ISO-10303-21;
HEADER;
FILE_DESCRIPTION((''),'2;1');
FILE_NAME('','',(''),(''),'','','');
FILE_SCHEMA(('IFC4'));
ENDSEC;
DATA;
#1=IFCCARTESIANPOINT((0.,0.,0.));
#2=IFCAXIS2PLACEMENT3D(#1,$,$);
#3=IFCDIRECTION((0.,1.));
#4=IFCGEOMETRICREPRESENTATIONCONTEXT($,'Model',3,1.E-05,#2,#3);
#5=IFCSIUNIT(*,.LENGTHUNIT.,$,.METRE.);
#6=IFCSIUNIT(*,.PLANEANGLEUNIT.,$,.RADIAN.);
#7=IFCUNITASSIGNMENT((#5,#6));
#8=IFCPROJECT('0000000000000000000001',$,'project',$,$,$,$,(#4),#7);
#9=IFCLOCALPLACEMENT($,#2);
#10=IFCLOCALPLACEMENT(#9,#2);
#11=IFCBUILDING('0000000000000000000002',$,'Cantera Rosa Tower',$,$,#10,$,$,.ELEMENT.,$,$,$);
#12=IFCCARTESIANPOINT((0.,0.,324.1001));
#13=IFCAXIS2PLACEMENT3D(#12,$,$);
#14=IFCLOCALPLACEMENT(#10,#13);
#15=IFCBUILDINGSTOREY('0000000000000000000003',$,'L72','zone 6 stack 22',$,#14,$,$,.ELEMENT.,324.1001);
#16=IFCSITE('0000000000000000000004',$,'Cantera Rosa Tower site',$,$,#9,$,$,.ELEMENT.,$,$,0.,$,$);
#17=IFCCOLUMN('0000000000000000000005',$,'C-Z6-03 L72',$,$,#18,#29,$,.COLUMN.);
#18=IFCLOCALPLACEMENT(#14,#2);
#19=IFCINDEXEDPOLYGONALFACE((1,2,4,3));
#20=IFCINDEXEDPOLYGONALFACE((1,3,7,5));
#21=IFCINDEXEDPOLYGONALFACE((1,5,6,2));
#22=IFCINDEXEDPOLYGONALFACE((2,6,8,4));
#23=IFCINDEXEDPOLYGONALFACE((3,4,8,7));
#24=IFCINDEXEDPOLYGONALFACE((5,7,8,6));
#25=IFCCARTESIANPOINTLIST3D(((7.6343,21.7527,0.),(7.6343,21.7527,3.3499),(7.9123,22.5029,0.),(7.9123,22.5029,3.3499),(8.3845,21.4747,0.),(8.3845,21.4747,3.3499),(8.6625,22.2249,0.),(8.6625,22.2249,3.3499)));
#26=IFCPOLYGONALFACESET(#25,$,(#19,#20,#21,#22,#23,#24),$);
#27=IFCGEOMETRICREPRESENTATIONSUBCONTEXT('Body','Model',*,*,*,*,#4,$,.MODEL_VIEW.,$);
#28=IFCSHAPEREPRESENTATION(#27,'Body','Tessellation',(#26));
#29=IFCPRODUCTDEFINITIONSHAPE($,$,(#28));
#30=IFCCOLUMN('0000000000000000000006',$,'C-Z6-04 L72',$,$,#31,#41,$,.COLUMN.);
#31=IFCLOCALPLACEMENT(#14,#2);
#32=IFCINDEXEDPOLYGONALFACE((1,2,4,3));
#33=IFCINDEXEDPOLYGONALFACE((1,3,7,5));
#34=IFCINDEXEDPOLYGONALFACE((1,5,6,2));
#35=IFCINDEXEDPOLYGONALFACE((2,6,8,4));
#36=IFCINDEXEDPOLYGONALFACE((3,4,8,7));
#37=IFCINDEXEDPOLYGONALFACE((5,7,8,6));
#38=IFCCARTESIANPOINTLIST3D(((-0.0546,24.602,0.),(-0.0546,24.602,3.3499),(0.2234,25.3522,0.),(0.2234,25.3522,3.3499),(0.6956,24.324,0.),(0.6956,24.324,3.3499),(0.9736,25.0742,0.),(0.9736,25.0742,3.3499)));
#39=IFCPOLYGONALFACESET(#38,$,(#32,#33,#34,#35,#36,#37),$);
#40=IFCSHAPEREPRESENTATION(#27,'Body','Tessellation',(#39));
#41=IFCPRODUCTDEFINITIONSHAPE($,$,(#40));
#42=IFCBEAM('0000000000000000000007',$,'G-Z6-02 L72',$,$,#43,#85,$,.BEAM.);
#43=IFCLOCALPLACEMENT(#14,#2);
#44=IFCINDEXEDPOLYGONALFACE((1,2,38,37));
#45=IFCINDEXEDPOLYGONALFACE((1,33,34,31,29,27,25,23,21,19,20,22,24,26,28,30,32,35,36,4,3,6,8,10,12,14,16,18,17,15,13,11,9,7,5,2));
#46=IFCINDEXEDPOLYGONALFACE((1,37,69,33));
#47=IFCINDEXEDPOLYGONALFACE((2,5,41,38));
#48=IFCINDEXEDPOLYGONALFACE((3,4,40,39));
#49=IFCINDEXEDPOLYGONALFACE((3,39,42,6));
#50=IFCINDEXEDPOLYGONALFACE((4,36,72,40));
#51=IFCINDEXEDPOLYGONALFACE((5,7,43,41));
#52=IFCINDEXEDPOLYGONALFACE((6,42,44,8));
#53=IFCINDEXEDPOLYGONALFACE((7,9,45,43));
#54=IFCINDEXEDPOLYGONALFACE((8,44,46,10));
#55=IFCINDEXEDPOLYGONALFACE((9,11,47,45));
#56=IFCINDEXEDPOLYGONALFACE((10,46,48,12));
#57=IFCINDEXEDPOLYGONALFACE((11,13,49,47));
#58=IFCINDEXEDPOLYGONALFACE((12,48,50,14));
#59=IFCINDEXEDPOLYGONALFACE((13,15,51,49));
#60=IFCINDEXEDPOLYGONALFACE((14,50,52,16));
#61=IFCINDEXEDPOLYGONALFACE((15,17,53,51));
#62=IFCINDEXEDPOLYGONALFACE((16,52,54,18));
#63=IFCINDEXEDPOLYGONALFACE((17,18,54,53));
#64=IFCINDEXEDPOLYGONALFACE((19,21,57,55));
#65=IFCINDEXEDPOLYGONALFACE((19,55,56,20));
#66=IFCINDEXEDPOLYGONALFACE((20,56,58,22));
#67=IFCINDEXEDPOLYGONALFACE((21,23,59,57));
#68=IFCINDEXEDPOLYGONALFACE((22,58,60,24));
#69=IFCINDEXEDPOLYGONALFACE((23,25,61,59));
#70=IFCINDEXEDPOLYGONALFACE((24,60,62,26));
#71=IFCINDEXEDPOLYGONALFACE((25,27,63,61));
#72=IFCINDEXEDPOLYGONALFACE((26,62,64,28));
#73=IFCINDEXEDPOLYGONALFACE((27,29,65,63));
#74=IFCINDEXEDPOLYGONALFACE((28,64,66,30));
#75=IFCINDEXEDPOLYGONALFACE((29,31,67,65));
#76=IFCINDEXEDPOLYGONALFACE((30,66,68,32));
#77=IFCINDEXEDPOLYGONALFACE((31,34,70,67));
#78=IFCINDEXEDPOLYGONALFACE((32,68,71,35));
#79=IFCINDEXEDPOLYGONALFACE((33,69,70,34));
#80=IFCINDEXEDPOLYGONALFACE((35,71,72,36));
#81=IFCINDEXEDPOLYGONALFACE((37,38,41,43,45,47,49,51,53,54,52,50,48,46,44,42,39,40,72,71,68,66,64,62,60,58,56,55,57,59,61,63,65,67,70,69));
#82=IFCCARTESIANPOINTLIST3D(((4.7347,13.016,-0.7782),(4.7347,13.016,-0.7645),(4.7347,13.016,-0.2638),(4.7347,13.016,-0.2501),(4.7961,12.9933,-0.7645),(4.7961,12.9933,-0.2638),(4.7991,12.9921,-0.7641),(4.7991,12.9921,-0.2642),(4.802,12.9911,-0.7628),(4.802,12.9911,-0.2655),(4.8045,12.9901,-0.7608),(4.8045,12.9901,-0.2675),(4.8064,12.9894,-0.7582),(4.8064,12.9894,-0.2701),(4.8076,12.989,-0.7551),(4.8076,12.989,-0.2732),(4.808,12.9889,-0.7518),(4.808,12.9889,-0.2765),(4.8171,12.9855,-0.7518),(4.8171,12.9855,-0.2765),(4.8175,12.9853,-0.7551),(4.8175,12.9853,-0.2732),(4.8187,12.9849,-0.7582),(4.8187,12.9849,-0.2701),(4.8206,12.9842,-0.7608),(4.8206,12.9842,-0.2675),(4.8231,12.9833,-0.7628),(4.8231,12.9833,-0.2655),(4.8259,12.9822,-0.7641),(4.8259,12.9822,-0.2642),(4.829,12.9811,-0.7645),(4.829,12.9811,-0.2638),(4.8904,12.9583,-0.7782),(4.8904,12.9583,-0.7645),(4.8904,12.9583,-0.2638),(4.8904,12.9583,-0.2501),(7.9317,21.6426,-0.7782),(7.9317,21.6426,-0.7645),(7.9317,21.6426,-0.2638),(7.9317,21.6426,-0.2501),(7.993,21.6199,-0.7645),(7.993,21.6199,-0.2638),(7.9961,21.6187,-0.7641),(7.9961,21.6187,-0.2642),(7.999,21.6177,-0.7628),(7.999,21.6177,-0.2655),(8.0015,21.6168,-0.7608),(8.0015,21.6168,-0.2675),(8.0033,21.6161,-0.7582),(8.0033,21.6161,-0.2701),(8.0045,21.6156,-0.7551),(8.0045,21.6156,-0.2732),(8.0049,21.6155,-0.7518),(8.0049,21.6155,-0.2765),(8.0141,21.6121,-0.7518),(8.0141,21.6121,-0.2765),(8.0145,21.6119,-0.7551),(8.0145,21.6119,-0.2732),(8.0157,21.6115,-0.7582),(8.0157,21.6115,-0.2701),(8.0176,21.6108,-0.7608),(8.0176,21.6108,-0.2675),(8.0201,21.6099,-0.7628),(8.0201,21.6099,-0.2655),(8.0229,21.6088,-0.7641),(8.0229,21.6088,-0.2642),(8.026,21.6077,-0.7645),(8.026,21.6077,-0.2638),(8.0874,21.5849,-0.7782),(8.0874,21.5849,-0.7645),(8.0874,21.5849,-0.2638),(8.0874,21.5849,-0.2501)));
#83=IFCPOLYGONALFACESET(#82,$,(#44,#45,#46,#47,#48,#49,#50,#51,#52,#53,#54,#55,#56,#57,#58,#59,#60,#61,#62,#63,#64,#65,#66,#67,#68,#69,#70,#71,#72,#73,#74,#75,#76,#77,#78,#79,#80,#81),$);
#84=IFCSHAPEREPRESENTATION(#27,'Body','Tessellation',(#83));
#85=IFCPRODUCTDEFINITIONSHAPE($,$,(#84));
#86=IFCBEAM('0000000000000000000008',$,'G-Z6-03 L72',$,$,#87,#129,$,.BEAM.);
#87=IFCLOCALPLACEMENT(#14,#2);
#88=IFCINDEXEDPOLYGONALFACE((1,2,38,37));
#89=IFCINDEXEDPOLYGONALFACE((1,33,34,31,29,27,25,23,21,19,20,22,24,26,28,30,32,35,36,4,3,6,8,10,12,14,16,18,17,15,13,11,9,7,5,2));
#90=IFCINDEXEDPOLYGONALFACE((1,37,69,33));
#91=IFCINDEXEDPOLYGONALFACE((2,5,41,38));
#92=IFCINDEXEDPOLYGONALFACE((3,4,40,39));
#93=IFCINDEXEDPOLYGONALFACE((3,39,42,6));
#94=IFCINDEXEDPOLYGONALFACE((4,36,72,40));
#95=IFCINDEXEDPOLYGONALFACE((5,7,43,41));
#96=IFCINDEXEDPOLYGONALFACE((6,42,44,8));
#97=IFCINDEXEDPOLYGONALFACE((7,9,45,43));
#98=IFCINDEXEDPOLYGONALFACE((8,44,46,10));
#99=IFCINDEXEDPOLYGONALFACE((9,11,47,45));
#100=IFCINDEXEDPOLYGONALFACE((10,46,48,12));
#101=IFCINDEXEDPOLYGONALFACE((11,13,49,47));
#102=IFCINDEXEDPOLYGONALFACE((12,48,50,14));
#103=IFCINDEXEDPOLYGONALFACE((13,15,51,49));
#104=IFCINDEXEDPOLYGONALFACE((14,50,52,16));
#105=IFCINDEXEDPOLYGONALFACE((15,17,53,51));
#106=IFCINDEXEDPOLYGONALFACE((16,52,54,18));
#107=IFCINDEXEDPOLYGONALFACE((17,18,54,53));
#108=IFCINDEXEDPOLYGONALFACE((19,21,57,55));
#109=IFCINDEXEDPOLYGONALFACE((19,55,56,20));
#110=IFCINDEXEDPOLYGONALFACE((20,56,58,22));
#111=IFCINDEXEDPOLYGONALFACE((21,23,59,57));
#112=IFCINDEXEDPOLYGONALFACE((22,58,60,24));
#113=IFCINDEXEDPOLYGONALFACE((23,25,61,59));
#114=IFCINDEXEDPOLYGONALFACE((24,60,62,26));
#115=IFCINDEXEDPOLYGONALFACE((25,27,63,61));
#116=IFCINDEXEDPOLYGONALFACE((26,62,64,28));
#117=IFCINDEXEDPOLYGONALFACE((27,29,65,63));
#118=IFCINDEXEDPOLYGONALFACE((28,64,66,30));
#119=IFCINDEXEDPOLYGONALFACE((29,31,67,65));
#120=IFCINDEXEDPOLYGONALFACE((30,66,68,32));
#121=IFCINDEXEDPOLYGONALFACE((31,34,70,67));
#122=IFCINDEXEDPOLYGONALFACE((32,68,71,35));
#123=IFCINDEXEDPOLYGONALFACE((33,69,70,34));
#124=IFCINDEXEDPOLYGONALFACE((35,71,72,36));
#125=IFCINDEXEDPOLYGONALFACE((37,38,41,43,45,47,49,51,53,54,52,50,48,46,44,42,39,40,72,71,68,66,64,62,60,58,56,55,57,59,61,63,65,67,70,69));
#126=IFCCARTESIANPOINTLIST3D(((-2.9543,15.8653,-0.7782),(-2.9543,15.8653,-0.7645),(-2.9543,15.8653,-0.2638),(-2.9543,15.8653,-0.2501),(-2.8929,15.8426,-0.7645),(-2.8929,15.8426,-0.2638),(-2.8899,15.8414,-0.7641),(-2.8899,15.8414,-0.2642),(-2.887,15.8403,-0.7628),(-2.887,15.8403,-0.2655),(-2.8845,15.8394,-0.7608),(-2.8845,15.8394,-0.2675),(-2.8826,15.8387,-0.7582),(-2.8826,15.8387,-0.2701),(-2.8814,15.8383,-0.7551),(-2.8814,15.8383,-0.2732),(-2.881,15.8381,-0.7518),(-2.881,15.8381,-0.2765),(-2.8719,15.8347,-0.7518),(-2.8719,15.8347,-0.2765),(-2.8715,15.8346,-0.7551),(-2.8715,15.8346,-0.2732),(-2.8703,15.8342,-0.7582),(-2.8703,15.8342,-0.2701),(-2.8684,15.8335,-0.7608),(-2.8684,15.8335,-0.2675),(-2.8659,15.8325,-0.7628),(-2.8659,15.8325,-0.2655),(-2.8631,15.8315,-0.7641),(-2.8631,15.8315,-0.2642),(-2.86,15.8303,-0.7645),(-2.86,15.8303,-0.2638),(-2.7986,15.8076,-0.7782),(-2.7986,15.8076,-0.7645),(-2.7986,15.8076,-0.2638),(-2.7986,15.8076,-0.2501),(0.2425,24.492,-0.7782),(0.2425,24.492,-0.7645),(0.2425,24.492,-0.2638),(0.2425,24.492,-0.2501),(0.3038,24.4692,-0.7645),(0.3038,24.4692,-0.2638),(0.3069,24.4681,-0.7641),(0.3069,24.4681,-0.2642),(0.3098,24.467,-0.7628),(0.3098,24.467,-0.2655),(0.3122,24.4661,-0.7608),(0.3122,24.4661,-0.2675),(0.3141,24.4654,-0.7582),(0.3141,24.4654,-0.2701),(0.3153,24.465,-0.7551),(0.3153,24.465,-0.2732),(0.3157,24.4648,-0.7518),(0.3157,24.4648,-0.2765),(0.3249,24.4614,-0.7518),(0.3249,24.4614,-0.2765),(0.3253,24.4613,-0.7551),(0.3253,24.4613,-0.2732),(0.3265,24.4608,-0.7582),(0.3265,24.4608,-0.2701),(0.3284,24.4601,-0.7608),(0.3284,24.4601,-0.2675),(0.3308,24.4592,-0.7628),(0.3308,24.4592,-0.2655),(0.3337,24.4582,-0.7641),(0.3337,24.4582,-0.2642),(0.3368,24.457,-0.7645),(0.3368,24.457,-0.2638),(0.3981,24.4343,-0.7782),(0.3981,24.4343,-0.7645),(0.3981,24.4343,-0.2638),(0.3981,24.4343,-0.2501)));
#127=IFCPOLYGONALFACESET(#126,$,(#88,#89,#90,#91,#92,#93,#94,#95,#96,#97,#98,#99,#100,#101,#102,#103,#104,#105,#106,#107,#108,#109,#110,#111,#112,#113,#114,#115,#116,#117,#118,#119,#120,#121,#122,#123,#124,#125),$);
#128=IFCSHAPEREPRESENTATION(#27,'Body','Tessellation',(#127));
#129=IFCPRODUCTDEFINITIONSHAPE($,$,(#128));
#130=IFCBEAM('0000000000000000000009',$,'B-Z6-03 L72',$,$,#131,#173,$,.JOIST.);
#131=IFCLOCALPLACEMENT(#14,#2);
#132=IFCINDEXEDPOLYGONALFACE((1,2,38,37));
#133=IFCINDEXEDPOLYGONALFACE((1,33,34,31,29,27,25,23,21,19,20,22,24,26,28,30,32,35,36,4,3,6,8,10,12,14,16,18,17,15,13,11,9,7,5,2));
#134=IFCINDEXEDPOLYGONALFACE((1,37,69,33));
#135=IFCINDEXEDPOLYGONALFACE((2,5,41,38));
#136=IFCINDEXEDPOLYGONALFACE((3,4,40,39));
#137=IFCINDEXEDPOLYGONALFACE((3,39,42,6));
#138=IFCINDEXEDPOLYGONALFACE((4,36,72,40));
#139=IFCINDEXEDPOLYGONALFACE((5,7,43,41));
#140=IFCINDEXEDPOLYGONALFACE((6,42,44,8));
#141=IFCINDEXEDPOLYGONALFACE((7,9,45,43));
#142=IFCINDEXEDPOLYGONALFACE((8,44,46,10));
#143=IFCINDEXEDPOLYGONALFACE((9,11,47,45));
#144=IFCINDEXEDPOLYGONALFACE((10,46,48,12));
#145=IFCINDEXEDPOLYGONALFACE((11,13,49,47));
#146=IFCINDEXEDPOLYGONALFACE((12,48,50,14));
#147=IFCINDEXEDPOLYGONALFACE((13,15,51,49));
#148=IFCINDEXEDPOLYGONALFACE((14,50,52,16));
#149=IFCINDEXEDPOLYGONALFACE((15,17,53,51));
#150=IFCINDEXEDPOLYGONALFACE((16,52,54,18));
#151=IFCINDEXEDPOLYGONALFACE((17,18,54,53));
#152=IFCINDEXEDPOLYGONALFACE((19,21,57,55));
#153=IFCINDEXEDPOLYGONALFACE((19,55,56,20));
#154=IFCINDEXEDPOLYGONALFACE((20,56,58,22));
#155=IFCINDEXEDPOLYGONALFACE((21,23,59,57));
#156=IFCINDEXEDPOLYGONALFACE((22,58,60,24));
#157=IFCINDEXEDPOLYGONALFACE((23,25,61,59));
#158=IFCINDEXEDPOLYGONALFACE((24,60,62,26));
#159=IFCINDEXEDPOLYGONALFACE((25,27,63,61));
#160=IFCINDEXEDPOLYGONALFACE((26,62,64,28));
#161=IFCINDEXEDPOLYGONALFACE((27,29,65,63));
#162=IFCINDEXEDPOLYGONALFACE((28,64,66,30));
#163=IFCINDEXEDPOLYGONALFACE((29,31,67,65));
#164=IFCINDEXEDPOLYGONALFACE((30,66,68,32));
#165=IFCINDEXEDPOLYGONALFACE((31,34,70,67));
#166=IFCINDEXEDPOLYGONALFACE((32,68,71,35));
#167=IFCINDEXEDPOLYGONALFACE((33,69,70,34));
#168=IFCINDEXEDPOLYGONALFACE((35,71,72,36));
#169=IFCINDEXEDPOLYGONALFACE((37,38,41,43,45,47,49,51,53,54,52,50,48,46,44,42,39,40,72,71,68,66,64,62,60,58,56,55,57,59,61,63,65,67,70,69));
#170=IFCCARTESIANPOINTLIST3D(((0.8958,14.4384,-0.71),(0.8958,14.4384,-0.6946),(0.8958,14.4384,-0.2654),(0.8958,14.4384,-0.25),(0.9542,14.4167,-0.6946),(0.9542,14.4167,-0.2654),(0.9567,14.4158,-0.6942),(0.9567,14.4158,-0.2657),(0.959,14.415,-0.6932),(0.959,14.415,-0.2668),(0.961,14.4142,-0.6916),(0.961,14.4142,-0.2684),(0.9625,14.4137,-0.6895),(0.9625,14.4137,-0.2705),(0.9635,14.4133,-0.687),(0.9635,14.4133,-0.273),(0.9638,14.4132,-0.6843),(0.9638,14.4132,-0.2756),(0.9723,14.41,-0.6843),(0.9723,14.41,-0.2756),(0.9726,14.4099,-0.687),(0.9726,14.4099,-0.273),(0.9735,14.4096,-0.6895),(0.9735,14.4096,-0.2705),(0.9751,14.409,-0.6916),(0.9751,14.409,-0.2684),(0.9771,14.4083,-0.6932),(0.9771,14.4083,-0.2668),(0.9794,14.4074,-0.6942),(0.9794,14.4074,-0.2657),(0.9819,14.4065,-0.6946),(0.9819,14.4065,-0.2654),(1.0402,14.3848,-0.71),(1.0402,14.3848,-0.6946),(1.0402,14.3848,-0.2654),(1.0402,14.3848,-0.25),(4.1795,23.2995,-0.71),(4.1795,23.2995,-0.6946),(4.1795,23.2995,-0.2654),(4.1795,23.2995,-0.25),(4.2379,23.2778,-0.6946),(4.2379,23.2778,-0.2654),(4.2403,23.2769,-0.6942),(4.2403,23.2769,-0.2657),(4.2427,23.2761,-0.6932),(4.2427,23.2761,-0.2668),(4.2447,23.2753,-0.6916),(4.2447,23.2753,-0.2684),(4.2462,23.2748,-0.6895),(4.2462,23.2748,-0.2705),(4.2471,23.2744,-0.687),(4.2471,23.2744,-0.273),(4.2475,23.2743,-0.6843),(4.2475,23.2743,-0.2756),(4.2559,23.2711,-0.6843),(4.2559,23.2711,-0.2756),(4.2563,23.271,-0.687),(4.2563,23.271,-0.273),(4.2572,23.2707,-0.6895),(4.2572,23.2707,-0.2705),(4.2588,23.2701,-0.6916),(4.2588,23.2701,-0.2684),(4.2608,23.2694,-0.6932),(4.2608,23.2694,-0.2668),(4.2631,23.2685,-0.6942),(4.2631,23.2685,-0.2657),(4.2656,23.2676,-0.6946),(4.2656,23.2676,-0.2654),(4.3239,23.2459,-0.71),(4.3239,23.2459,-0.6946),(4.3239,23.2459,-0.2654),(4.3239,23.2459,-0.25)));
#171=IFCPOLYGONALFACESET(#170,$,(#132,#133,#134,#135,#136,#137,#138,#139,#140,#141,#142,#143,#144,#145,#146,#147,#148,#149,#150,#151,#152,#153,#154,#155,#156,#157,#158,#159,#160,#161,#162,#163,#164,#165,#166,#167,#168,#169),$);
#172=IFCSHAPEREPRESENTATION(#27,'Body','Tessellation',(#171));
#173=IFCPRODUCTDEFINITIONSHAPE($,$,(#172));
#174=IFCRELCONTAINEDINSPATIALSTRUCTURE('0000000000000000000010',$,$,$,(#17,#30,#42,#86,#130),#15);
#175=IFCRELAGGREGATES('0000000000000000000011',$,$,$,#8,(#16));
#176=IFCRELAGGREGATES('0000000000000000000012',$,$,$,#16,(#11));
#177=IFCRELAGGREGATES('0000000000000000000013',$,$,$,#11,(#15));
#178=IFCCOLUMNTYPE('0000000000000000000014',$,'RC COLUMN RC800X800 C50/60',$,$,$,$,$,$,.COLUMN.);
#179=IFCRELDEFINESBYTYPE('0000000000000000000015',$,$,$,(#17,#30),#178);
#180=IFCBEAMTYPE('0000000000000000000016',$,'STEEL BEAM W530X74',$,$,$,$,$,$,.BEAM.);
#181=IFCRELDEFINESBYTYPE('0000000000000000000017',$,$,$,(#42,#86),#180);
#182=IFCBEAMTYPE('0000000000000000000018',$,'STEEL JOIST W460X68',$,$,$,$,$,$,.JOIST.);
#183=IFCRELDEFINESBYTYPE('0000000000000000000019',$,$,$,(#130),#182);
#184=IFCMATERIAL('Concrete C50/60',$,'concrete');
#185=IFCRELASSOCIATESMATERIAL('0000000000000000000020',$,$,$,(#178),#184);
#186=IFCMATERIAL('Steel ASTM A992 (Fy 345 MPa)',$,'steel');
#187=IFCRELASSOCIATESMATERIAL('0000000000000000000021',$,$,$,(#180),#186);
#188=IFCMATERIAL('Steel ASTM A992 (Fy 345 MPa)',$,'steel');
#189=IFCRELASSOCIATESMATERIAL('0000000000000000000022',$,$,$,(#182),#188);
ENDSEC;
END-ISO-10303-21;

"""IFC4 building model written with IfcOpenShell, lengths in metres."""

from ifc_helpers import new_model, si_unit, direction, frame, origin, origin_2d, place, context, subcontext, project, spatial, rectangle, i_section, extrude, material, material_profile, profile_set, type_object, element, save


model = new_model("IFC4")

# Units and contexts
model_context = context("Model", 3, precision=1e-05, world=origin(), true_north=direction((0.0, 1.0)))
body_context = subcontext(model_context, "Body", "Model", "MODEL_VIEW")
ifc_project = project(units=[si_unit("LENGTHUNIT", "METRE"), si_unit("PLANEANGLEUNIT", "RADIAN")], contexts=[model_context])

# Site, building, storey
site_placement = place(None, origin())
site = spatial("IfcSite", under=ifc_project, at=site_placement, Name="Cantera Rosa Tower site", CompositionType="ELEMENT", RefElevation=0.0)
building_placement = place(site_placement, origin())
building = spatial("IfcBuilding", under=site, at=building_placement, Name="Cantera Rosa Tower", CompositionType="ELEMENT")
storey_placement = place(building_placement, frame((0.0, 0.0, 324.1001)))
storey = spatial("IfcBuildingStorey", under=building, at=storey_placement, Name="L72", Description="zone 6 stack 22", CompositionType="ELEMENT", Elevation=324.1001)

# Columns
ifc_material_1 = material(Name="Concrete C50/60", Category="concrete")
ifc_material_profile_1 = material_profile(ifc_material_1, rectangle(XDim=0.8, YDim=0.8, at=origin_2d()), Name="RC COLUMN RC800X800 C50/60")
ifc_profile_set_1 = profile_set([ifc_material_profile_1], Name="Concrete C50/60")
column_type = type_object("IfcColumnType", Name="RC COLUMN RC800X800 C50/60", PredefinedType="COLUMN", material=ifc_profile_set_1)
for number, where, z_axis, x_axis, name in (
    (1, (8.1484, 21.9888, 0.0), (0.0, 0.0, 1.0), (0.347481, 0.937687, 0.0), "C-Z6-03 L72"),
    (2, (0.4595, 24.8381, 0.0), (0.0, 0.0, 1.0), (0.347481, 0.937687, 0.0), "C-Z6-04 L72"),
):
    element("IfcColumn", number, at=place(storey_placement, frame(where, z_axis=z_axis, x_axis=x_axis)), inside=storey, type_object=column_type, Name=name, PredefinedType="COLUMN", context=body_context, shape_type="SweptSolid", body=[
        extrude(rectangle(XDim=0.8, YDim=0.8, at=origin_2d()), origin(), (0.0, 0.0, 1.0), 3.3499),
    ])

# Beams
ifc_material_2 = material(Name="Steel ASTM A992 (Fy 345 MPa)", Category="steel")
ifc_material_profile_2 = material_profile(ifc_material_2, i_section(OverallWidth=0.166, OverallDepth=0.5281, WebThickness=0.0098, FlangeThickness=0.0137, FilletRadius=0.0127, at=origin_2d()), Name="W530X74")
ifc_profile_set_2 = profile_set([ifc_material_profile_2], Name="Steel ASTM A992 (Fy 345 MPa)")
beam_type_1 = type_object("IfcBeamType", Name="STEEL BEAM W530X74", PredefinedType="BEAM", material=ifc_profile_set_2)
for number, where, z_axis, x_axis, name in (
    (3, (8.0095, 21.6138, -0.5142), (-0.3475, -0.93768, 0.0), (0.93768, -0.3475, 0.0), "G-Z6-02 L72"),
    (4, (0.3203, 24.4631, -0.5142), (-0.347477, -0.937689, 0.0), (0.937689, -0.347477, 0.0), "G-Z6-03 L72"),
):
    element("IfcBeam", number, at=place(storey_placement, frame(where, z_axis=z_axis, x_axis=x_axis)), inside=storey, type_object=beam_type_1, Name=name, PredefinedType="BEAM", context=body_context, shape_type="SweptSolid", body=[
        extrude(i_section(OverallWidth=0.166, OverallDepth=0.5281, WebThickness=0.0098, FlangeThickness=0.0137, FilletRadius=0.0127, at=origin_2d()), origin(), (0.0, 0.0, 1.0), 9.2),
    ])
ifc_material_3 = material(Name="Steel ASTM A992 (Fy 345 MPa)", Category="steel")
ifc_material_profile_3 = material_profile(ifc_material_3, i_section(OverallWidth=0.1541, OverallDepth=0.46, WebThickness=0.009, FlangeThickness=0.0154, FilletRadius=0.0103, at=origin_2d()), Name="W460X68")
ifc_profile_set_3 = profile_set([ifc_material_profile_3], Name="Steel ASTM A992 (Fy 345 MPa)")
beam_type_2 = type_object("IfcBeamType", Name="STEEL JOIST W460X68", PredefinedType="JOIST", material=ifc_profile_set_3)
beam_1_placement = place(storey_placement, frame((4.2517, 23.2727, -0.48), z_axis=(-0.347483, -0.937686, 0.0), x_axis=(0.937686, -0.347483, 0.0)))
element("IfcBeam", 5, at=beam_1_placement, inside=storey, type_object=beam_type_2, Name="B-Z6-03 L72", PredefinedType="JOIST", context=body_context, shape_type="SweptSolid", body=[
    extrude(i_section(OverallWidth=0.1541, OverallDepth=0.46, WebThickness=0.009, FlangeThickness=0.0154, FilletRadius=0.0103, at=origin_2d()), origin(), (0.0, 0.0, 1.0), 9.45),
])

save(model, "model.ifc")
